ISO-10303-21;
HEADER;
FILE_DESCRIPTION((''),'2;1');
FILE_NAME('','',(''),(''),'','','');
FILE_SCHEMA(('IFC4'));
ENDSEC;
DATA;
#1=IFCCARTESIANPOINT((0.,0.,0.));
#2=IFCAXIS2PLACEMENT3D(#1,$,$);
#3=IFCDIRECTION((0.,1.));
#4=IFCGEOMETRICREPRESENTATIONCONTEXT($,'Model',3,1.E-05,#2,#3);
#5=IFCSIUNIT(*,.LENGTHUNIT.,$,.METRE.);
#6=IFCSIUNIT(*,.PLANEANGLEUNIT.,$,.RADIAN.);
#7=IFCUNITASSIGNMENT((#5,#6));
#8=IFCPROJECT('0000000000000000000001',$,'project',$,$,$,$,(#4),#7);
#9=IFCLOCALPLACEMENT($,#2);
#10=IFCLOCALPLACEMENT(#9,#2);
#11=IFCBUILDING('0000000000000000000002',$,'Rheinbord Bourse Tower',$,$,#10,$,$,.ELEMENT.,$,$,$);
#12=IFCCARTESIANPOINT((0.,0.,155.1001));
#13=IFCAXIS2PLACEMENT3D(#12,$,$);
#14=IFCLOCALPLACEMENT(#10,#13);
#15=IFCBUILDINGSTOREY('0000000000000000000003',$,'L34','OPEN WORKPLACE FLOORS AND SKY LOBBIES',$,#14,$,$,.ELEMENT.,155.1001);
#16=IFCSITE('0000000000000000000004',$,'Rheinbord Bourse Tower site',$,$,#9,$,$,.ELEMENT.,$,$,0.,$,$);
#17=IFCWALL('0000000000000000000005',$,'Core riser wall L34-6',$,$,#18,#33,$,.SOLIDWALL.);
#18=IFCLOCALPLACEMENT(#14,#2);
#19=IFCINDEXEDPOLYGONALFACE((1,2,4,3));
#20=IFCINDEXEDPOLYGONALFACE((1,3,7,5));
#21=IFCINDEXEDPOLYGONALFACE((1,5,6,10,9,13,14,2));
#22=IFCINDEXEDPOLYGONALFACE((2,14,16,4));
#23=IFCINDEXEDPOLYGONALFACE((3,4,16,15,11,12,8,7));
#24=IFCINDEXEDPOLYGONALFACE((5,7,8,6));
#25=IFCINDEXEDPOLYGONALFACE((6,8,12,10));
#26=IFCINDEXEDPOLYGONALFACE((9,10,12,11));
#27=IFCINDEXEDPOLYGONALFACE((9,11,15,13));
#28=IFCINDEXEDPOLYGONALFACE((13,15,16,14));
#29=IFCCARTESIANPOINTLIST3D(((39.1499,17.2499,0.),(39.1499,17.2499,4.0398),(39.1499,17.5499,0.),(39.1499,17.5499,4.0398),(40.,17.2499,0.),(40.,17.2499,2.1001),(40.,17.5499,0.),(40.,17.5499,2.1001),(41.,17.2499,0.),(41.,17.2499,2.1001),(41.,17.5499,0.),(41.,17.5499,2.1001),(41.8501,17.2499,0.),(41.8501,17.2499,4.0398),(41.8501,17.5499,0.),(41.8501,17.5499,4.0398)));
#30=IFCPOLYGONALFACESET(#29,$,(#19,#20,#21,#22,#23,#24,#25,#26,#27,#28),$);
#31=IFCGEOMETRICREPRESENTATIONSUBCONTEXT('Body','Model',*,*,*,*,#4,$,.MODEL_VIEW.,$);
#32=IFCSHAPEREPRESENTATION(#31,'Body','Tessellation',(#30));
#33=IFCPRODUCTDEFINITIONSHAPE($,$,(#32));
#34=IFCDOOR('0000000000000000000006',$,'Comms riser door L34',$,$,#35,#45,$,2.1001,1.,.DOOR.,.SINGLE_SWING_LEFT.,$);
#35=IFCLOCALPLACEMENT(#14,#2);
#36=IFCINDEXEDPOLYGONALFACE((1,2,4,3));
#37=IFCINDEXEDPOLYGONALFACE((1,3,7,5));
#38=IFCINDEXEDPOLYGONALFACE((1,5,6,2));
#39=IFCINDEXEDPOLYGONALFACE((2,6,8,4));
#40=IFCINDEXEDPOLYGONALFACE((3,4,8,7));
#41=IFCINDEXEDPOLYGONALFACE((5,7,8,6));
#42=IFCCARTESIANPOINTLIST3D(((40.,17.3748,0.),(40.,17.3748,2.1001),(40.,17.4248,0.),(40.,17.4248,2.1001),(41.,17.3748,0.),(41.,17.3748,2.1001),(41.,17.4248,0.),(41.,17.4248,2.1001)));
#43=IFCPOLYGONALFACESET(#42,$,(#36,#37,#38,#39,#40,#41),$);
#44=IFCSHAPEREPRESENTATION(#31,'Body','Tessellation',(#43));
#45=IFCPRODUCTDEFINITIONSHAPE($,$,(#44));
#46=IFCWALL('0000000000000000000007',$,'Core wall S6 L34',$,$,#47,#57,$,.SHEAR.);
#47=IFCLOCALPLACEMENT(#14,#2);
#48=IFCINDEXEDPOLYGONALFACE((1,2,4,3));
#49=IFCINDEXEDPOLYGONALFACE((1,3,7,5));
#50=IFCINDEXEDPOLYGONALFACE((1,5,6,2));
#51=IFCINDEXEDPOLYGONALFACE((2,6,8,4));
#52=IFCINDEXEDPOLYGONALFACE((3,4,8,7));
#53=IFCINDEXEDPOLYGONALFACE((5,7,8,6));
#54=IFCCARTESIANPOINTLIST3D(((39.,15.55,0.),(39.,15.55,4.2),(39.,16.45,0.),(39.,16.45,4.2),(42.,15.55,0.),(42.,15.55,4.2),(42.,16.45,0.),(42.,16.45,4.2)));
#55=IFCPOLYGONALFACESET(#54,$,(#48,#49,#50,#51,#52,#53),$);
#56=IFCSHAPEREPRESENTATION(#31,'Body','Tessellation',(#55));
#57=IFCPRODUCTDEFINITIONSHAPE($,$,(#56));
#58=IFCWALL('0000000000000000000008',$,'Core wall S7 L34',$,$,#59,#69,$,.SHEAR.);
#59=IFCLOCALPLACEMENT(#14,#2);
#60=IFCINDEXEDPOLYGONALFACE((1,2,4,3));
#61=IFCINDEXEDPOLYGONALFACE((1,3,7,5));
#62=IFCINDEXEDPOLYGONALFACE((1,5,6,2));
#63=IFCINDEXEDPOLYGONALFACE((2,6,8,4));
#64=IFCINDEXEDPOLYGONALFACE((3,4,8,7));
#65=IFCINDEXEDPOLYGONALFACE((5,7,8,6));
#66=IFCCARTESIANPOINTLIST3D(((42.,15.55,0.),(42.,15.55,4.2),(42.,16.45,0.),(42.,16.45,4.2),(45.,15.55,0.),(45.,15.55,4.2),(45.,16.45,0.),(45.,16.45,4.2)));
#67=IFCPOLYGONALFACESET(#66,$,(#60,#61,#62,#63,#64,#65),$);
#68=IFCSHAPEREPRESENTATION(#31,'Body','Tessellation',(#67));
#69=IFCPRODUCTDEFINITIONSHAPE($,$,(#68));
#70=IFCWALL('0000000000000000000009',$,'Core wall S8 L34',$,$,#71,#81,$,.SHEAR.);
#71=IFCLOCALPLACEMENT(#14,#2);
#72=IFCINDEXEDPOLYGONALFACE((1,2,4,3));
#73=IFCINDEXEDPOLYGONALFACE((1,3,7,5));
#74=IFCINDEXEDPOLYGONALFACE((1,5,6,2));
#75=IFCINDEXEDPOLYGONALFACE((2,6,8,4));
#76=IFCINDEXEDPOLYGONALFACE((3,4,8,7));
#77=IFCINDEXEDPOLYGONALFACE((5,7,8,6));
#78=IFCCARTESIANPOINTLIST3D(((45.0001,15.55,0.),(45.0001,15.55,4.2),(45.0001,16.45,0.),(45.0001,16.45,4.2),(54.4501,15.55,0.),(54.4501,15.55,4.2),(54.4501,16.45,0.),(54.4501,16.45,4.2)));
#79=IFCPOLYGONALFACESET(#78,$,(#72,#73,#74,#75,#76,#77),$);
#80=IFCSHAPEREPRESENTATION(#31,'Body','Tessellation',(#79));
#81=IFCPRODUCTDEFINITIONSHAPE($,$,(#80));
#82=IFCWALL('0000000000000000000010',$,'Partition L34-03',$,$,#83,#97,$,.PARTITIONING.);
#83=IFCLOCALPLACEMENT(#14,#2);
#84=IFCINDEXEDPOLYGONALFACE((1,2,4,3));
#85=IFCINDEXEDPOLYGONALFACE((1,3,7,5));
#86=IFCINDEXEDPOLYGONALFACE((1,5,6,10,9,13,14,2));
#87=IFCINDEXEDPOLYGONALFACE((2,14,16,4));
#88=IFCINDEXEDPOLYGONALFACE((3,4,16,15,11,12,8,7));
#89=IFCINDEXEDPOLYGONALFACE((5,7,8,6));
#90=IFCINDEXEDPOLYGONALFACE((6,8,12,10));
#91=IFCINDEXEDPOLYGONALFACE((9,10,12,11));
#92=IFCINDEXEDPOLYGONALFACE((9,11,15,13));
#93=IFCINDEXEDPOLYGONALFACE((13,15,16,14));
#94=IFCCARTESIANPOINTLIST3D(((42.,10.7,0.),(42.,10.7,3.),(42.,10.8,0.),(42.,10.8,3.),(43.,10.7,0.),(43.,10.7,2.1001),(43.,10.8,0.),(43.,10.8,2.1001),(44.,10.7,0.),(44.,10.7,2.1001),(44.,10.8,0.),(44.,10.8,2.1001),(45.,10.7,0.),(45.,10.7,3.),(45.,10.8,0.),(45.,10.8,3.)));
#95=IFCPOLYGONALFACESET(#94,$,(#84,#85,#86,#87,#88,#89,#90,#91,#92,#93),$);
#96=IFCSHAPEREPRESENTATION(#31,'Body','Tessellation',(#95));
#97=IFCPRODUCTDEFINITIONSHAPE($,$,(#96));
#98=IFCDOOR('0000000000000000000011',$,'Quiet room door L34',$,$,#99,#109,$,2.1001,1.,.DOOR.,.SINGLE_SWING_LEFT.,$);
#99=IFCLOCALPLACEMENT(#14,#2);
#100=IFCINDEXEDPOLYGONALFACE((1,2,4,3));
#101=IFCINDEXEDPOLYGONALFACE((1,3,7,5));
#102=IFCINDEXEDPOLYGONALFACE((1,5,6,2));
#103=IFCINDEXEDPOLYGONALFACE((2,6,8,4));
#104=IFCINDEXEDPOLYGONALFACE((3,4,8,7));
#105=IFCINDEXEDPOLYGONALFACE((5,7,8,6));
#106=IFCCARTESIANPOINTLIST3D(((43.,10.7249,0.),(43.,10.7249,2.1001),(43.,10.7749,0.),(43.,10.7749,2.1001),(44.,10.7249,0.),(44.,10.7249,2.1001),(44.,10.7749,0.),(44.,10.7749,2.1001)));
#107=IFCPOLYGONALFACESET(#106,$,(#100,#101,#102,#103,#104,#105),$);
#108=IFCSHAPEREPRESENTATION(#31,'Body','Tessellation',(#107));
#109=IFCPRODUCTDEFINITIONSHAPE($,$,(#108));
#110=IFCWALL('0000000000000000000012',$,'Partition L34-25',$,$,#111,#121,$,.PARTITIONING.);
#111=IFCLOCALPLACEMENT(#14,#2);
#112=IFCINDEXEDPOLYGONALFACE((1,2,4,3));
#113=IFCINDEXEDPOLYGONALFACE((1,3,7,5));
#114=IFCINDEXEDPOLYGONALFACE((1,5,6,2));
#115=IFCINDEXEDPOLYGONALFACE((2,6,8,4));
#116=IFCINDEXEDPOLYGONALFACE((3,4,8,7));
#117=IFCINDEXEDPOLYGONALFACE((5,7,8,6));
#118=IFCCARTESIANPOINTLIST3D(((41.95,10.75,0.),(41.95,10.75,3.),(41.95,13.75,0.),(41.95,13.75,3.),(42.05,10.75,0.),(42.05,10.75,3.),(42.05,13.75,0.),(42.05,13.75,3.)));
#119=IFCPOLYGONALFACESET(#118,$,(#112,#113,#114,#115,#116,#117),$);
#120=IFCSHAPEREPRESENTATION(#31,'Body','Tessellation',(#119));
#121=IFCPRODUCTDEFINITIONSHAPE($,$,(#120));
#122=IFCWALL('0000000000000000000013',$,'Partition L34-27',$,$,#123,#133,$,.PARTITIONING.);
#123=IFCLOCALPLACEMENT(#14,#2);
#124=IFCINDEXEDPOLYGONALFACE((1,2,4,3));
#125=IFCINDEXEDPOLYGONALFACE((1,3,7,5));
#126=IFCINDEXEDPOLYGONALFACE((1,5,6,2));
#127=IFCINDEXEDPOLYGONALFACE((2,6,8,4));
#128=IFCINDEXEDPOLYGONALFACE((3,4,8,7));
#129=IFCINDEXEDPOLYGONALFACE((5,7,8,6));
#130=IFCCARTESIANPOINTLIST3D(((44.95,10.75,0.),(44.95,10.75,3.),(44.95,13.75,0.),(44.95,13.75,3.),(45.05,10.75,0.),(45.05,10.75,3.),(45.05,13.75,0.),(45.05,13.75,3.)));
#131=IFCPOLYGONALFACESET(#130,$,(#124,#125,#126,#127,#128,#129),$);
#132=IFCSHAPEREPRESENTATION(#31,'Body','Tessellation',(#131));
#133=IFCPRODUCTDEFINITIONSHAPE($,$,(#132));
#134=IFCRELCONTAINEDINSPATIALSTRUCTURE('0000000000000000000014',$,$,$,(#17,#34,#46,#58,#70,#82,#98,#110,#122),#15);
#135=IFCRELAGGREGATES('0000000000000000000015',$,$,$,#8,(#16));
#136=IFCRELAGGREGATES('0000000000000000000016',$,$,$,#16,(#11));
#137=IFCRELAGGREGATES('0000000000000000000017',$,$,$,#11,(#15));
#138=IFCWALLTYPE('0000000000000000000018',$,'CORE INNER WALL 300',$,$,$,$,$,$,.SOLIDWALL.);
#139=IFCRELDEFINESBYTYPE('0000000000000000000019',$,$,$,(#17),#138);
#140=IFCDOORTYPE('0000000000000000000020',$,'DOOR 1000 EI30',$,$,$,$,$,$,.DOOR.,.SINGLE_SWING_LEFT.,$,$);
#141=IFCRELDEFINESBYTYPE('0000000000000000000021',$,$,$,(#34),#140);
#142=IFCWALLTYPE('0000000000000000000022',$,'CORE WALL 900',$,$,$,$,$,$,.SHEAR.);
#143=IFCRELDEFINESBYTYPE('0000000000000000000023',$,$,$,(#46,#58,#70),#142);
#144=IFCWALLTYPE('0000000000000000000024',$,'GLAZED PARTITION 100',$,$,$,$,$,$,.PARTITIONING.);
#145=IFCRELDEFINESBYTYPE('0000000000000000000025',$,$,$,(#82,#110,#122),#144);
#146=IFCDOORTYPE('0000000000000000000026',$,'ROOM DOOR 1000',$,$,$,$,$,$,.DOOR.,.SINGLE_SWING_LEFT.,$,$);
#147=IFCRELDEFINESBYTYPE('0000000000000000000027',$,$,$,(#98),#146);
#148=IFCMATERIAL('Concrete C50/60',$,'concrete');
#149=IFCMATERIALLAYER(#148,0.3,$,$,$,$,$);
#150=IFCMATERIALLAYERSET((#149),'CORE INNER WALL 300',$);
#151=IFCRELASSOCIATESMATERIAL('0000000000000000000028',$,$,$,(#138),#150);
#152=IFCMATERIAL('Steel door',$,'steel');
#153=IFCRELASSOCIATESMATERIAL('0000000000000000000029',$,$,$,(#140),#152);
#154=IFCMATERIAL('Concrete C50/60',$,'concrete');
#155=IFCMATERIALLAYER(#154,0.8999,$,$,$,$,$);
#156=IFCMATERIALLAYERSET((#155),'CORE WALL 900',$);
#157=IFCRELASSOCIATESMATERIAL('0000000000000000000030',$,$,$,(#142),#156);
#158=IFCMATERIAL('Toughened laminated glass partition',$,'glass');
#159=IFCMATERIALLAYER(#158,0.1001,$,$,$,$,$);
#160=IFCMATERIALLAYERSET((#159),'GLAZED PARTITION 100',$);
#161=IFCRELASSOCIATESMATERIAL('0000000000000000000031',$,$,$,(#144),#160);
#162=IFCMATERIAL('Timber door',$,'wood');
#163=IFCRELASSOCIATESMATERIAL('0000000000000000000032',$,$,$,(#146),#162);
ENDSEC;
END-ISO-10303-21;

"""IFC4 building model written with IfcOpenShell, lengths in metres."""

from ifc_helpers import new_model, si_unit, direction, frame, frame_2d, origin, place, context, subcontext, project, spatial, rectangle, extrude, material, layer, layer_set, type_object, element, fill, save


model = new_model("IFC4")

# Units and contexts
model_context = context("Model", 3, precision=1e-05, world=origin(), true_north=direction((0.0, 1.0)))
body_context = subcontext(model_context, "Body", "Model", "MODEL_VIEW")
ifc_project = project(units=[si_unit("LENGTHUNIT", "METRE"), si_unit("PLANEANGLEUNIT", "RADIAN")], contexts=[model_context])

# Site, building, storey
site_placement = place(None, origin())
site = spatial("IfcSite", under=ifc_project, at=site_placement, Name="Rheinbord Bourse Tower site", CompositionType="ELEMENT", RefElevation=0.0)
building_placement = place(site_placement, origin())
building = spatial("IfcBuilding", under=site, at=building_placement, Name="Rheinbord Bourse Tower", CompositionType="ELEMENT")
storey_placement = place(building_placement, frame((0.0, 0.0, 155.1001)))
storey = spatial("IfcBuildingStorey", under=building, at=storey_placement, Name="L34", Description="OPEN WORKPLACE FLOORS AND SKY LOBBIES", CompositionType="ELEMENT", Elevation=155.1001)

# Shared definitions
ifc_material_1 = material(Name="Concrete C50/60", Category="concrete")
ifc_layer_1 = layer(ifc_material_1, 0.3)
ifc_layer_set_1 = layer_set([ifc_layer_1], Name="CORE INNER WALL 300")
wall_type_1 = type_object("IfcWallType", Name="CORE INNER WALL 300", PredefinedType="SOLIDWALL", material=ifc_layer_set_1)
ifc_material_2 = material(Name="Steel door", Category="steel")
door_type_1 = type_object("IfcDoorType", Name="DOOR 1000 EI30", OperationType="SINGLE_SWING_LEFT", PredefinedType="DOOR", material=ifc_material_2)

# Wall, opening, door
wall_1_placement = place(storey_placement, frame((39.1499, 17.3999, 0.0), z_axis=(0.0, 0.0, 1.0), x_axis=(1.0, 0.0, 0.0)))
wall_1 = element("IfcWall", 1, at=wall_1_placement, inside=storey, type_object=wall_type_1, Name="Core riser wall L34-6", PredefinedType="SOLIDWALL", context=body_context, shape_type="SweptSolid", body=[
    extrude(rectangle(XDim=2.7002, YDim=0.3, at=frame_2d((1.3501, 0.0))), origin(), (0.0, 0.0, 1.0), 4.0398),
])
opening_1_placement = place(wall_1_placement, frame((0.8501, 0.0, 0.0)))
opening_1 = element("IfcOpeningElement", 2, at=opening_1_placement, cuts=wall_1, PredefinedType="OPENING", context=body_context, shape_type="SweptSolid", body=[
    extrude(rectangle(XDim=1.0, YDim=2.1001, at=frame_2d((0.5, 1.05))), frame((0.0, 0.1599, 0.0), z_axis=(0.0, -1.0, 0.0), x_axis=(1.0, 0.0, 0.0)), (0.0, 0.0, 1.0), 0.3201),
])
door_1_placement = place(opening_1_placement, origin())
door_1 = element("IfcDoor", 3, at=door_1_placement, inside=storey, type_object=door_type_1, Name="Comms riser door L34", OperationType="SINGLE_SWING_LEFT", OverallHeight=2.1001, OverallWidth=1.0, PredefinedType="DOOR", context=body_context, shape_type="SweptSolid", body=[
    extrude(rectangle(XDim=1.0, YDim=2.1001, at=frame_2d((0.5, 1.05))), frame((0.0, 0.0249, 0.0), z_axis=(0.0, -1.0, 0.0), x_axis=(1.0, 0.0, 0.0)), (0.0, 0.0, 1.0), 0.05),
])
fill(opening_1, door_1)

# Walls
ifc_material_3 = material(Name="Concrete C50/60", Category="concrete")
ifc_layer_2 = layer(ifc_material_3, 0.8999)
ifc_layer_set_2 = layer_set([ifc_layer_2], Name="CORE WALL 900")
wall_type_2 = type_object("IfcWallType", Name="CORE WALL 900", PredefinedType="SHEAR", material=ifc_layer_set_2)
for number, where, z_axis, x_axis, name in (
    (4, (39.0, 16.0, 0.0), (0.0, 0.0, 1.0), (1.0, 0.0, 0.0), "Core wall S6 L34"),
    (5, (42.0, 16.0, 0.0), (0.0, 0.0, 1.0), (1.0, 0.0, 0.0), "Core wall S7 L34"),
):
    element("IfcWall", number, at=place(storey_placement, frame(where, z_axis=z_axis, x_axis=x_axis)), inside=storey, type_object=wall_type_2, Name=name, PredefinedType="SHEAR", context=body_context, shape_type="SweptSolid", body=[
        extrude(rectangle(XDim=3.0, YDim=0.8999, at=frame_2d((1.5, 0.0))), origin(), (0.0, 0.0, 1.0), 4.2),
    ])
wall_2_placement = place(storey_placement, frame((45.0, 16.0, 0.0), z_axis=(0.0, 0.0, 1.0), x_axis=(1.0, 0.0, 0.0)))
element("IfcWall", 6, at=wall_2_placement, inside=storey, type_object=wall_type_2, Name="Core wall S8 L34", PredefinedType="SHEAR", context=body_context, shape_type="SweptSolid", body=[
    extrude(rectangle(XDim=9.45, YDim=0.8999, at=frame_2d((4.7251, 0.0))), origin(), (0.0, 0.0, 1.0), 4.2),
])

# Wall, opening, door
ifc_material_4 = material(Name="Toughened laminated glass partition", Category="glass")
ifc_layer_3 = layer(ifc_material_4, 0.1001)
ifc_layer_set_3 = layer_set([ifc_layer_3], Name="GLAZED PARTITION 100")
wall_type_3 = type_object("IfcWallType", Name="GLAZED PARTITION 100", PredefinedType="PARTITIONING", material=ifc_layer_set_3)
wall_3_placement = place(storey_placement, frame((42.0, 10.75, 0.0), z_axis=(0.0, 0.0, 1.0), x_axis=(1.0, 0.0, 0.0)))
wall_3 = element("IfcWall", 7, at=wall_3_placement, inside=storey, type_object=wall_type_3, Name="Partition L34-03", PredefinedType="PARTITIONING", context=body_context, shape_type="SweptSolid", body=[
    extrude(rectangle(XDim=3.0, YDim=0.1001, at=frame_2d((1.5, 0.0))), origin(), (0.0, 0.0, 1.0), 3.0),
])
opening_2_placement = place(wall_3_placement, frame((1.0, 0.0, 0.0)))
opening_2 = element("IfcOpeningElement", 8, at=opening_2_placement, cuts=wall_3, PredefinedType="OPENING", context=body_context, shape_type="SweptSolid", body=[
    extrude(rectangle(XDim=1.0, YDim=2.1001, at=frame_2d((0.5, 1.05))), frame((0.0, 0.0601, 0.0), z_axis=(0.0, -1.0, 0.0), x_axis=(1.0, 0.0, 0.0)), (0.0, 0.0, 1.0), 0.1201),
])
ifc_material_5 = material(Name="Timber door", Category="wood")
door_type_2 = type_object("IfcDoorType", Name="ROOM DOOR 1000", OperationType="SINGLE_SWING_LEFT", PredefinedType="DOOR", material=ifc_material_5)
door_2_placement = place(opening_2_placement, origin())
door_2 = element("IfcDoor", 9, at=door_2_placement, inside=storey, type_object=door_type_2, Name="Quiet room door L34", OperationType="SINGLE_SWING_LEFT", OverallHeight=2.1001, OverallWidth=1.0, PredefinedType="DOOR", context=body_context, shape_type="SweptSolid", body=[
    extrude(rectangle(XDim=1.0, YDim=2.1001, at=frame_2d((0.5, 1.05))), frame((0.0, 0.0249, 0.0), z_axis=(0.0, -1.0, 0.0), x_axis=(1.0, 0.0, 0.0)), (0.0, 0.0, 1.0), 0.05),
])
fill(opening_2, door_2)

# Walls
for number, where, z_axis, x_axis, name in (
    (10, (42.0, 10.75, 0.0), (0.0, 0.0, 1.0), (0.0, 1.0, 0.0), "Partition L34-25"),
    (11, (45.0, 10.75, 0.0), (0.0, 0.0, 1.0), (0.0, 1.0, 0.0), "Partition L34-27"),
):
    element("IfcWall", number, at=place(storey_placement, frame(where, z_axis=z_axis, x_axis=x_axis)), inside=storey, type_object=wall_type_3, Name=name, PredefinedType="PARTITIONING", context=body_context, shape_type="SweptSolid", body=[
        extrude(rectangle(XDim=3.0, YDim=0.1001, at=frame_2d((1.5, 0.0))), origin(), (0.0, 0.0, 1.0), 3.0),
    ])

save(model, "model.ifc")
